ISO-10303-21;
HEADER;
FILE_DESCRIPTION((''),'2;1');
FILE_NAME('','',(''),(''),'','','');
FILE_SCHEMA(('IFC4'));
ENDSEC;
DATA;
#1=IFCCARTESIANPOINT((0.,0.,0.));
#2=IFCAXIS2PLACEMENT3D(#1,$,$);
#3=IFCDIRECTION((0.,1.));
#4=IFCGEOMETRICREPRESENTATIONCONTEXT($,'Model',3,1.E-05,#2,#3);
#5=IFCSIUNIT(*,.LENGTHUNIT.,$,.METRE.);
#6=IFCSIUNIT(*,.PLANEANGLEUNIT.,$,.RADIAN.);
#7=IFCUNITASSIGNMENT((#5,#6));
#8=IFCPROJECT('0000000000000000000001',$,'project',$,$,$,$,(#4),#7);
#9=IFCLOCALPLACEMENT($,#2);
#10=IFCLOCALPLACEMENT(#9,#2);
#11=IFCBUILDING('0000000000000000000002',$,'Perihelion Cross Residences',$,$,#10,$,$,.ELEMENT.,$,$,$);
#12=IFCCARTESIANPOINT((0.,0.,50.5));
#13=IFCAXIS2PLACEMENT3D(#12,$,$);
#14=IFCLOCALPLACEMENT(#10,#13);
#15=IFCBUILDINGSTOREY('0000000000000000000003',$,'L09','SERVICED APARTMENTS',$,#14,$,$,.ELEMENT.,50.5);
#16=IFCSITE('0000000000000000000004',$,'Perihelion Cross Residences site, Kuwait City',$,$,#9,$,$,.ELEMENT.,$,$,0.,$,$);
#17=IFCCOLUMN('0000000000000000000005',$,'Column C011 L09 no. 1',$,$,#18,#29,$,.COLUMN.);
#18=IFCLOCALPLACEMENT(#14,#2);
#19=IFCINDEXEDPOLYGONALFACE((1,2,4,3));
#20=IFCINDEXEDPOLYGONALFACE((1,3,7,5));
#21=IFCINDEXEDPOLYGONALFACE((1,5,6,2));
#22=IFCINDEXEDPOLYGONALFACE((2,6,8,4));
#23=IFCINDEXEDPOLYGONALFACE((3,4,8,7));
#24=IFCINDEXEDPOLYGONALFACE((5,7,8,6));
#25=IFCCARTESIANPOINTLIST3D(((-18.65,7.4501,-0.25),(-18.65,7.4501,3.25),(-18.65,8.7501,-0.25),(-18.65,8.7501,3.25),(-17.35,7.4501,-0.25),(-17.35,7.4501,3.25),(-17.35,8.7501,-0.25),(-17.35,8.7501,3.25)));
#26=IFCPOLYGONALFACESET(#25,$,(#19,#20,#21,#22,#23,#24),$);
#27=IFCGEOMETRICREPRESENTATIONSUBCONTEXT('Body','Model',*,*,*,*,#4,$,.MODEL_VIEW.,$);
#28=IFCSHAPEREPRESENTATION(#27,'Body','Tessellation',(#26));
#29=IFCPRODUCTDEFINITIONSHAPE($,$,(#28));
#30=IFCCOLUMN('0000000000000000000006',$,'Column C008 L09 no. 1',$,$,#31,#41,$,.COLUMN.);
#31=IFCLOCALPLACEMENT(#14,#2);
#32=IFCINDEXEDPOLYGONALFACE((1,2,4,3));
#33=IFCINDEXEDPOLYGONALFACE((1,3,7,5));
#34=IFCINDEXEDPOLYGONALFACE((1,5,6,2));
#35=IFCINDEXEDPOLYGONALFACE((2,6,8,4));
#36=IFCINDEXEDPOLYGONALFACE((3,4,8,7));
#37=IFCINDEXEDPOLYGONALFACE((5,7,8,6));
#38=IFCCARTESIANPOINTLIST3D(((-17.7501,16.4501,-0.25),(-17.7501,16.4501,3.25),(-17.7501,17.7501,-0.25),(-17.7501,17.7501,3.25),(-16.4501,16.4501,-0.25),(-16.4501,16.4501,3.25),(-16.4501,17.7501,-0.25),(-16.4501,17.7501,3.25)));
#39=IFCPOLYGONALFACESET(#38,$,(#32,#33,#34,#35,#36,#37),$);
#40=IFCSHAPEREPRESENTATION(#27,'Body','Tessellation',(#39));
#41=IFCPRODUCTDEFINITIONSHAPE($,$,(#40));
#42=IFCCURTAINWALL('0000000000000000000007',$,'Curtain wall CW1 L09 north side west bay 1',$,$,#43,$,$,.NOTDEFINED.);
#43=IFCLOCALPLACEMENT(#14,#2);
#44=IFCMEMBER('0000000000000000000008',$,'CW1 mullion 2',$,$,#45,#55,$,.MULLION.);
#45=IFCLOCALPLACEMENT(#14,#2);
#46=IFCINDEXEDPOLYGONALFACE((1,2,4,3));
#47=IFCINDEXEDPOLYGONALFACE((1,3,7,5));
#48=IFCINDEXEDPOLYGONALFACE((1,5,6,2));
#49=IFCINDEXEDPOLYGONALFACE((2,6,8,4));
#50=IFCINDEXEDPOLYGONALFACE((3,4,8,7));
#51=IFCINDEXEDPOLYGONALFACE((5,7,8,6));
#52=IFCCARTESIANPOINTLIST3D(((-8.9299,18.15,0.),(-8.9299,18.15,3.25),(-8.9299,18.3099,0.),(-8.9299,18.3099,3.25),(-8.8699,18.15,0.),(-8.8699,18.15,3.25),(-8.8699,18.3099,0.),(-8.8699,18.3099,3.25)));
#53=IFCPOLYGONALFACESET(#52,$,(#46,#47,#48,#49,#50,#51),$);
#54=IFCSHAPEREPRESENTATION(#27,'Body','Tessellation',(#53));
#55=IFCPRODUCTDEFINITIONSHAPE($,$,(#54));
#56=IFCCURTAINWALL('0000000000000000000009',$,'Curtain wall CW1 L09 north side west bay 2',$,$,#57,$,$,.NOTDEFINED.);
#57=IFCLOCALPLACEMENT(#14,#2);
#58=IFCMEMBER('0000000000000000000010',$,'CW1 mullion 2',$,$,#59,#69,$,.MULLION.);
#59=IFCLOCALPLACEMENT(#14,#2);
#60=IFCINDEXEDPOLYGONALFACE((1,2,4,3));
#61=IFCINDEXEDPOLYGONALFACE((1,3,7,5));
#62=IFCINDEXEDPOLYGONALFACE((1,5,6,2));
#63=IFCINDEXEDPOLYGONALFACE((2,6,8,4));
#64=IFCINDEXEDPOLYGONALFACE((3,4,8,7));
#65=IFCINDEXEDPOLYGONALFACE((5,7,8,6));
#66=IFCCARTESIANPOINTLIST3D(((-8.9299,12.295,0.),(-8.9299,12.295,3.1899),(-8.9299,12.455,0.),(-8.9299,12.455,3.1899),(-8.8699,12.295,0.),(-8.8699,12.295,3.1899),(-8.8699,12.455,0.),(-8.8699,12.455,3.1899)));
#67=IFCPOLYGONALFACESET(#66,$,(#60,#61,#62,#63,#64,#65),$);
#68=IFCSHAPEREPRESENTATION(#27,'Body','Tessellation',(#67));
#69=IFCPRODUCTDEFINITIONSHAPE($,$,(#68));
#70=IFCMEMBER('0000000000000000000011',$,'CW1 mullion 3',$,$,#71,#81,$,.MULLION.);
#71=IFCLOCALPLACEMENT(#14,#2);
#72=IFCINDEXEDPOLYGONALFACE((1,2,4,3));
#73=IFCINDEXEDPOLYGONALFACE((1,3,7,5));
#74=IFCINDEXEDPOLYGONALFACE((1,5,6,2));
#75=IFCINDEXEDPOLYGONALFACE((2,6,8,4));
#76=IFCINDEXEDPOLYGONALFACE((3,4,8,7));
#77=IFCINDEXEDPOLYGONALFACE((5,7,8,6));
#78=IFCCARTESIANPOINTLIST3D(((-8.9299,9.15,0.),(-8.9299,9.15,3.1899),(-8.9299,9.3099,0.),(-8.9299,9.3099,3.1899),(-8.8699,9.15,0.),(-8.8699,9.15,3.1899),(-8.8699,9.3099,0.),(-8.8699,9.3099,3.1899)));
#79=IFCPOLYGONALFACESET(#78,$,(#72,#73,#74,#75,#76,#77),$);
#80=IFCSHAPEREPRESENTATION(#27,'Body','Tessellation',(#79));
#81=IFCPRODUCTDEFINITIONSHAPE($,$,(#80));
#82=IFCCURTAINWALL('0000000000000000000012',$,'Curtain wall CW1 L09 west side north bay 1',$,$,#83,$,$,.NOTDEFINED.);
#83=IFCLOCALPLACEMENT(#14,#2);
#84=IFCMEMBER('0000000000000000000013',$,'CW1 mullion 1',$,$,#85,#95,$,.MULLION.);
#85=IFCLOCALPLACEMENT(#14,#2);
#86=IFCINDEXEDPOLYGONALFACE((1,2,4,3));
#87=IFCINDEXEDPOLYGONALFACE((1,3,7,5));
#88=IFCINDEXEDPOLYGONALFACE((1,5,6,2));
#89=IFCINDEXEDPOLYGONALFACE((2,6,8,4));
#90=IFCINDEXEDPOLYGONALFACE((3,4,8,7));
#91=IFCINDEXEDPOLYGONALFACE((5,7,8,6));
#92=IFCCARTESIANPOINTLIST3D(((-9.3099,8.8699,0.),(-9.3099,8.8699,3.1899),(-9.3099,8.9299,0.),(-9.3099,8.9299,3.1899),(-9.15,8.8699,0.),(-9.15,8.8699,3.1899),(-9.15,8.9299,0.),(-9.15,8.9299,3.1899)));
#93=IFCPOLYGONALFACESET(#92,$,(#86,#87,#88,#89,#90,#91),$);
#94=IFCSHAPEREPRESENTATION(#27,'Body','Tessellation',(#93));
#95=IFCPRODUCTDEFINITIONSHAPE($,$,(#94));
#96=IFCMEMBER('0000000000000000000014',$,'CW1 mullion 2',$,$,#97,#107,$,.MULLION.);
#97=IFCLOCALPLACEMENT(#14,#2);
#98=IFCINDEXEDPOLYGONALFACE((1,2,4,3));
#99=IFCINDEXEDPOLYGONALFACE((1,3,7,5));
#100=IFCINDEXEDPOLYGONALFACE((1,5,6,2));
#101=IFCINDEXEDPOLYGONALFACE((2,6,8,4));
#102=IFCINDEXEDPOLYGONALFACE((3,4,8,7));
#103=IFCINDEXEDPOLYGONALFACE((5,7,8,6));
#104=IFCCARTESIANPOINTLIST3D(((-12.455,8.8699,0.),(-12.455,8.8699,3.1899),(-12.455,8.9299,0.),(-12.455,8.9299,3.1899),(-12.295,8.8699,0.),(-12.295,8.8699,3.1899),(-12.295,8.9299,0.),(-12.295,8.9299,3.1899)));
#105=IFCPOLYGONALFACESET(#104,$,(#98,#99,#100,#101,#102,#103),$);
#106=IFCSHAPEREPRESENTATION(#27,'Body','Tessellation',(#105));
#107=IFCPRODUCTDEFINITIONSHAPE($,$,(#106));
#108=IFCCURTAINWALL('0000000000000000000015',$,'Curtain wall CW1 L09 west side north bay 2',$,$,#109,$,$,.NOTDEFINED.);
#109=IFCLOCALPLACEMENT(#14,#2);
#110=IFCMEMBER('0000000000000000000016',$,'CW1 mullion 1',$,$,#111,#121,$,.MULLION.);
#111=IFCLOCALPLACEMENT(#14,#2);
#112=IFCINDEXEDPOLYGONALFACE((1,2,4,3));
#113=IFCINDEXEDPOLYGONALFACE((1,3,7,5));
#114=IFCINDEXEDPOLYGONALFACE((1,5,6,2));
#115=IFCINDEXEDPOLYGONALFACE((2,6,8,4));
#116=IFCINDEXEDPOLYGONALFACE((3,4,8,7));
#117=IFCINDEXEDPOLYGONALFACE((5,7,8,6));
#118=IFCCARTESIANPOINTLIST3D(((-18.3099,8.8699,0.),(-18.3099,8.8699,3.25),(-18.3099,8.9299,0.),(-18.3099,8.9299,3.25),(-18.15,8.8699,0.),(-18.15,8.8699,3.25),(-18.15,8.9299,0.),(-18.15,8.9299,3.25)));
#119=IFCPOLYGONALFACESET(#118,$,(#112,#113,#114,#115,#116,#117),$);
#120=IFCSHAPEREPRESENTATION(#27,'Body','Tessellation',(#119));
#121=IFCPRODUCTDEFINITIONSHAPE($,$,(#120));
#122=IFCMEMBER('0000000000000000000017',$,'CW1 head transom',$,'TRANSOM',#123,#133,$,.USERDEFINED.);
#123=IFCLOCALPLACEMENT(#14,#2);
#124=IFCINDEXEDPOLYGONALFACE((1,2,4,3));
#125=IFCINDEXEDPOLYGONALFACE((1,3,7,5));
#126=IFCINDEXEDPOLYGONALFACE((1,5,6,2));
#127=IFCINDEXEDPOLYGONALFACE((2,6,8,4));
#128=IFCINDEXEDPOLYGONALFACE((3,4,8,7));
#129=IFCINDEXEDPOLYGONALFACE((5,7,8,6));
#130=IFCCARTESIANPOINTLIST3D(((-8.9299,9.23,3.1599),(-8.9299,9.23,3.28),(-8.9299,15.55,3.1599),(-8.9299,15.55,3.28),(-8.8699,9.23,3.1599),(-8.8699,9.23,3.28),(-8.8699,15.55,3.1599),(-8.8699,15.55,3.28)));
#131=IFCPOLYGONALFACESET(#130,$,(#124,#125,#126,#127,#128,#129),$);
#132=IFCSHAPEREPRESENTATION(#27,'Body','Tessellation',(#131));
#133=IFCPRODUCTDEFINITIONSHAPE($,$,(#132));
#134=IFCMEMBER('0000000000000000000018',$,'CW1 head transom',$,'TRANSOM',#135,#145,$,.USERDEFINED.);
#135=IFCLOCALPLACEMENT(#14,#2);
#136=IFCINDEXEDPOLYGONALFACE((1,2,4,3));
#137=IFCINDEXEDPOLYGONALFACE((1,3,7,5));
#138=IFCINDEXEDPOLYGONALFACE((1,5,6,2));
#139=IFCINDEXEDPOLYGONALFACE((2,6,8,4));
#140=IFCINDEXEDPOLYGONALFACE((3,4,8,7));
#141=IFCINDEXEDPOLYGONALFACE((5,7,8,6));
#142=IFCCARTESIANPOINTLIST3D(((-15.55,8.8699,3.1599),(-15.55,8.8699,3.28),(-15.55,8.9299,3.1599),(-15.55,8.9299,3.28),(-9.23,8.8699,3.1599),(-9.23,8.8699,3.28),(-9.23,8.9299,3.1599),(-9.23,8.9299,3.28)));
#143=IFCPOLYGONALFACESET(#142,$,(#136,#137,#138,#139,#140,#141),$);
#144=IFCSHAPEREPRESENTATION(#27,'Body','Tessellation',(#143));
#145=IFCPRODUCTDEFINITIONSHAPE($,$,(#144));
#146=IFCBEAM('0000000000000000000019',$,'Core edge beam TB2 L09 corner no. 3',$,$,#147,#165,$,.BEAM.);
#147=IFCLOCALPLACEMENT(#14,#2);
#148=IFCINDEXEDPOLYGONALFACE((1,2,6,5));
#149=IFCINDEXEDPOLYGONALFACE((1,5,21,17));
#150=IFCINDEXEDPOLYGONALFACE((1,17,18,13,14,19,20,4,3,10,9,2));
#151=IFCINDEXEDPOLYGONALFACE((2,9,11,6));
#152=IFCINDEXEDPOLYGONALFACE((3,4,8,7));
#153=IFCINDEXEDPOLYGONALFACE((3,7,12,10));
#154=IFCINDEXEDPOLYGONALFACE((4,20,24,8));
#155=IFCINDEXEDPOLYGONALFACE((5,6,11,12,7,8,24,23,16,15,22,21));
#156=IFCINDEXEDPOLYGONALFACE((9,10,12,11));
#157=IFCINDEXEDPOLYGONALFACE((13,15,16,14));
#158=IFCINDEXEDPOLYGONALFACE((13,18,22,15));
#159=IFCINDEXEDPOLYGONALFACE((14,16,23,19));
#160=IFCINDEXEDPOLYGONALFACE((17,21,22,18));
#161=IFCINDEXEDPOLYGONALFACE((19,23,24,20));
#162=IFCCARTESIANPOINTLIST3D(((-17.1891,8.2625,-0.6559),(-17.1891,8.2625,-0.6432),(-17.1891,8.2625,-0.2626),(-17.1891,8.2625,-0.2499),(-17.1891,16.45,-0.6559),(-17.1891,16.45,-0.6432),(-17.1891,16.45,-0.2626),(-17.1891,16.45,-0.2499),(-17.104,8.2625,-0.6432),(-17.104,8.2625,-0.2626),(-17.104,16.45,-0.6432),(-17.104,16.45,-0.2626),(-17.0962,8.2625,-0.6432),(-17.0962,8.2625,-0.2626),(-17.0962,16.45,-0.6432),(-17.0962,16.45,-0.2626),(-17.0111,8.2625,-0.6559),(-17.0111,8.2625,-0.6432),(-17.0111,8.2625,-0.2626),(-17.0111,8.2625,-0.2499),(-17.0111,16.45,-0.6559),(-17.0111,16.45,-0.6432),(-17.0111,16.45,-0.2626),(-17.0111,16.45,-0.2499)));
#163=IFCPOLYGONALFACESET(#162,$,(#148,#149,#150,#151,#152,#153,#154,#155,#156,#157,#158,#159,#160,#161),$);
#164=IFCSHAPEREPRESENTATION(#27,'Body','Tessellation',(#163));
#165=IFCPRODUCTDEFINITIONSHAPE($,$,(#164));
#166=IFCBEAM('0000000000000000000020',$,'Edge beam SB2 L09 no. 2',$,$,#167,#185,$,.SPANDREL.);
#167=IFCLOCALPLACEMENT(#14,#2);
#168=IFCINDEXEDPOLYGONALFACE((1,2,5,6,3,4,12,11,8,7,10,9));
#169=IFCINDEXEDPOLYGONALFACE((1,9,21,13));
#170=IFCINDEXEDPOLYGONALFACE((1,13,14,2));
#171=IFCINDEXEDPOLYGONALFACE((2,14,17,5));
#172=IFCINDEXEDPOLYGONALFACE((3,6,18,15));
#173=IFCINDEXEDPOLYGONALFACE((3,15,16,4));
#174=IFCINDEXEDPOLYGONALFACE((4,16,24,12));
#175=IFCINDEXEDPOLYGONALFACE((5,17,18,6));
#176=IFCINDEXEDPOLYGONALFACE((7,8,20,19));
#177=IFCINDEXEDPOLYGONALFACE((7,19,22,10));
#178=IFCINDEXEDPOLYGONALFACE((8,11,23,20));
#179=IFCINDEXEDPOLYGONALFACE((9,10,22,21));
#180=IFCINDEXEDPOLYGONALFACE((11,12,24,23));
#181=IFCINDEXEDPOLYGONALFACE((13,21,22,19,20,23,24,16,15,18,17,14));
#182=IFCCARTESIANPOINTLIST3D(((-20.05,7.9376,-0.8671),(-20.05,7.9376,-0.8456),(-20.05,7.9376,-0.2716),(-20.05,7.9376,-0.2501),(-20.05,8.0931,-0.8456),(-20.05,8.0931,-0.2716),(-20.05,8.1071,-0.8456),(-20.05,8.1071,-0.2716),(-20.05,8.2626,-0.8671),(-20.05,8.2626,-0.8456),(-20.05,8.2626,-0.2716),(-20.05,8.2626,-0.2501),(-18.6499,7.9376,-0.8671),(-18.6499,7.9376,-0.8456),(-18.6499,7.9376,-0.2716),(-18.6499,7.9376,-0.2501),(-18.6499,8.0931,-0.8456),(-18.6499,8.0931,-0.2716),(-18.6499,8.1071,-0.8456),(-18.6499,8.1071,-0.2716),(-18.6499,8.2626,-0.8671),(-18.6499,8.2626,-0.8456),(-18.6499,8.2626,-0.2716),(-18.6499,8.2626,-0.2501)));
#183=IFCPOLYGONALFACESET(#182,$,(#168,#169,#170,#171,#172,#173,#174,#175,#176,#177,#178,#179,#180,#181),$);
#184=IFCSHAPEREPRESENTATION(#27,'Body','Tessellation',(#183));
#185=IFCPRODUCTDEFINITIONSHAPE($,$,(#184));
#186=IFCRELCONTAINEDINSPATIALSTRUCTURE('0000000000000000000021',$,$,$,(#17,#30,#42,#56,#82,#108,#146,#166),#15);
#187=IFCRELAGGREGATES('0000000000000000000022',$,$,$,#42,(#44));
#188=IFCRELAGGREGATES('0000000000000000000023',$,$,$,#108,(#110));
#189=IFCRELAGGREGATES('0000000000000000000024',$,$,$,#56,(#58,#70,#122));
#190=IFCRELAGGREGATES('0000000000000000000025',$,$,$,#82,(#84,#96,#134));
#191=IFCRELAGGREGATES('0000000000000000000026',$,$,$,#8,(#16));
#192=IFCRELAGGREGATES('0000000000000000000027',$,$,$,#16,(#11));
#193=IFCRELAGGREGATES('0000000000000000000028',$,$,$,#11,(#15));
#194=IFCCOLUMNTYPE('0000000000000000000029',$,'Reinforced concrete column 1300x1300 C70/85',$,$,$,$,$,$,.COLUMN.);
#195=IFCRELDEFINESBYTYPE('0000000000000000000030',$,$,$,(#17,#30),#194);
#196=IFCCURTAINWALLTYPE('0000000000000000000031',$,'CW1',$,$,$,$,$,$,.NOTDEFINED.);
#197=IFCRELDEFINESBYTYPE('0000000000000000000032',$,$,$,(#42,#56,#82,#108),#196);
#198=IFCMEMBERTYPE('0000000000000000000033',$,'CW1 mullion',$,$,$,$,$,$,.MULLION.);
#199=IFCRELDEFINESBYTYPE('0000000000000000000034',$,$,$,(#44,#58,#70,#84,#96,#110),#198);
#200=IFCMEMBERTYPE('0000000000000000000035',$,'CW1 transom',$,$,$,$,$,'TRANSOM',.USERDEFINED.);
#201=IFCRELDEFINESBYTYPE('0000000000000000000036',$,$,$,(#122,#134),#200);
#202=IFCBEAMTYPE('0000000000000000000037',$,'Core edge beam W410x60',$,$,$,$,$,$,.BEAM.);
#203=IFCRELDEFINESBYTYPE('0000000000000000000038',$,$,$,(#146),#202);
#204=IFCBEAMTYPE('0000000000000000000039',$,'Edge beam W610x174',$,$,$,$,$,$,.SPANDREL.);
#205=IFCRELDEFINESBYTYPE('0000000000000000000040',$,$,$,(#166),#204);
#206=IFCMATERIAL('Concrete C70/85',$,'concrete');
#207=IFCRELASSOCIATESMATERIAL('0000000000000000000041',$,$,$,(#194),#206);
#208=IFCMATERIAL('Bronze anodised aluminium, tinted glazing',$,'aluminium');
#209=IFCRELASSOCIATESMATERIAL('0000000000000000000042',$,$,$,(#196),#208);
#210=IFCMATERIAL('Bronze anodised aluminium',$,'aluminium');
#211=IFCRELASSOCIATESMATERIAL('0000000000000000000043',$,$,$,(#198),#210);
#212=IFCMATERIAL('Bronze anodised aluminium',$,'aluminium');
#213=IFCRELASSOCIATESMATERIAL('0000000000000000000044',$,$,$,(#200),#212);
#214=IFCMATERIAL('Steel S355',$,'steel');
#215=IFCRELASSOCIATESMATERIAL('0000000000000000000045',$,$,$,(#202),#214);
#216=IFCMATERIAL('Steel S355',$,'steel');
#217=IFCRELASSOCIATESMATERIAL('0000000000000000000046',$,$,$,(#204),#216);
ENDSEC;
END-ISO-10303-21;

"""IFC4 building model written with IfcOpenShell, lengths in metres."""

from ifc_helpers import new_model, si_unit, direction, frame, origin, origin_2d, place, context, subcontext, project, spatial, rectangle, i_section, extrude, material, material_profile, profile_set, type_object, element, aggregate, save


model = new_model("IFC4")

# Units and contexts
model_context = context("Model", 3, precision=1e-05, world=origin(), true_north=direction((0.0, 1.0)))
body_context = subcontext(model_context, "Body", "Model", "MODEL_VIEW")
ifc_project = project(units=[si_unit("LENGTHUNIT", "METRE"), si_unit("PLANEANGLEUNIT", "RADIAN")], contexts=[model_context])

# Site, building, storey
site_placement = place(None, origin())
site = spatial("IfcSite", under=ifc_project, at=site_placement, Name="Perihelion Cross Residences site, Kuwait City", CompositionType="ELEMENT", RefElevation=0.0)
building_placement = place(site_placement, origin())
building = spatial("IfcBuilding", under=site, at=building_placement, Name="Perihelion Cross Residences", CompositionType="ELEMENT")
storey_placement = place(building_placement, frame((0.0, 0.0, 50.5)))
storey = spatial("IfcBuildingStorey", under=building, at=storey_placement, Name="L09", Description="SERVICED APARTMENTS", CompositionType="ELEMENT", Elevation=50.5)

# Columns
ifc_material_1 = material(Name="Concrete C70/85", Category="concrete")
ifc_material_profile_1 = material_profile(ifc_material_1, rectangle(XDim=1.3, YDim=1.3, at=origin_2d()), Name="RC 1300x1300")
ifc_profile_set_1 = profile_set([ifc_material_profile_1], Name="Concrete C70/85")
column_type = type_object("IfcColumnType", Name="Reinforced concrete column 1300x1300 C70/85", PredefinedType="COLUMN", material=ifc_profile_set_1)
for number, where, z_axis, x_axis, name in (
    (1, (-18.0, 8.1001, -0.25), (0.0, 0.0, 1.0), (1.0, 0.0, 0.0), "Column C011 L09 no. 1"),
    (2, (-17.1001, 17.1001, -0.25), (0.0, 0.0, 1.0), (1.0, 0.0, 0.0), "Column C008 L09 no. 1"),
):
    element("IfcColumn", number, at=place(storey_placement, frame(where, z_axis=z_axis, x_axis=x_axis)), inside=storey, type_object=column_type, Name=name, PredefinedType="COLUMN", context=body_context, shape_type="SweptSolid", body=[
        extrude(rectangle(XDim=1.3, YDim=1.3, at=origin_2d()), origin(), (0.0, 0.0, 1.0), 3.5),
    ])

# Curtain wall, member
ifc_material_2 = material(Name="Bronze anodised aluminium, tinted glazing", Category="aluminium")
curtain_wall_type = type_object("IfcCurtainWallType", Name="CW1", PredefinedType="NOTDEFINED", material=ifc_material_2)
curtain_wall_1_placement = place(storey_placement, origin())
curtain_wall_1 = element("IfcCurtainWall", 3, at=curtain_wall_1_placement, inside=storey, type_object=curtain_wall_type, Name="Curtain wall CW1 L09 north side west bay 1", PredefinedType="NOTDEFINED")
ifc_material_3 = material(Name="Bronze anodised aluminium", Category="aluminium")
ifc_material_profile_2 = material_profile(ifc_material_3, rectangle(XDim=0.0601, YDim=0.1599, at=origin_2d()), Name="CW1 mullion")
ifc_profile_set_2 = profile_set([ifc_material_profile_2], Name="Bronze anodised aluminium")
member_type_1 = type_object("IfcMemberType", Name="CW1 mullion", PredefinedType="MULLION", material=ifc_profile_set_2)
member_1_placement = place(storey_placement, frame((-8.8999, 18.23, 0.0), z_axis=(0.0, 0.0, 1.0), x_axis=(1.0, 0.0, 0.0)))
member_1 = element("IfcMember", 4, at=member_1_placement, type_object=member_type_1, Name="CW1 mullion 2", PredefinedType="MULLION", context=body_context, shape_type="SweptSolid", body=[
    extrude(rectangle(XDim=0.0601, YDim=0.1599, at=origin_2d()), origin(), (0.0, 0.0, 1.0), 3.25),
])
aggregate(curtain_wall_1, [member_1])

# Curtain walls, members
curtain_wall_2_placement = place(storey_placement, origin())
curtain_wall_2 = element("IfcCurtainWall", 5, at=curtain_wall_2_placement, inside=storey, type_object=curtain_wall_type, Name="Curtain wall CW1 L09 north side west bay 2", PredefinedType="NOTDEFINED")
member_2_placement = place(storey_placement, frame((-8.8999, 12.375, 0.0), z_axis=(0.0, 0.0, 1.0), x_axis=(1.0, 0.0, 0.0)))
member_2 = element("IfcMember", 6, at=member_2_placement, type_object=member_type_1, Name="CW1 mullion 2", PredefinedType="MULLION", context=body_context, shape_type="SweptSolid", body=[
    extrude(rectangle(XDim=0.0601, YDim=0.1599, at=origin_2d()), origin(), (0.0, 0.0, 1.0), 3.1899),
])
member_3_placement = place(storey_placement, frame((-8.8999, 9.23, 0.0), z_axis=(0.0, 0.0, 1.0), x_axis=(1.0, 0.0, 0.0)))
member_3 = element("IfcMember", 7, at=member_3_placement, type_object=member_type_1, Name="CW1 mullion 3", PredefinedType="MULLION", context=body_context, shape_type="SweptSolid", body=[
    extrude(rectangle(XDim=0.0601, YDim=0.1599, at=origin_2d()), origin(), (0.0, 0.0, 1.0), 3.1899),
])
curtain_wall_3_placement = place(storey_placement, origin())
curtain_wall_3 = element("IfcCurtainWall", 8, at=curtain_wall_3_placement, inside=storey, type_object=curtain_wall_type, Name="Curtain wall CW1 L09 west side north bay 1", PredefinedType="NOTDEFINED")
member_4_placement = place(storey_placement, frame((-9.23, 8.8999, 0.0), z_axis=(0.0, 0.0, 1.0), x_axis=(0.0, -1.0, 0.0)))
member_4 = element("IfcMember", 9, at=member_4_placement, type_object=member_type_1, Name="CW1 mullion 1", PredefinedType="MULLION", context=body_context, shape_type="SweptSolid", body=[
    extrude(rectangle(XDim=0.0601, YDim=0.1599, at=origin_2d()), origin(), (0.0, 0.0, 1.0), 3.1899),
])
member_5_placement = place(storey_placement, frame((-12.375, 8.8999, 0.0), z_axis=(0.0, 0.0, 1.0), x_axis=(0.0, -1.0, 0.0)))
member_5 = element("IfcMember", 10, at=member_5_placement, type_object=member_type_1, Name="CW1 mullion 2", PredefinedType="MULLION", context=body_context, shape_type="SweptSolid", body=[
    extrude(rectangle(XDim=0.0601, YDim=0.1599, at=origin_2d()), origin(), (0.0, 0.0, 1.0), 3.1899),
])

# Curtain wall, member
curtain_wall_4_placement = place(storey_placement, origin())
curtain_wall_4 = element("IfcCurtainWall", 11, at=curtain_wall_4_placement, inside=storey, type_object=curtain_wall_type, Name="Curtain wall CW1 L09 west side north bay 2", PredefinedType="NOTDEFINED")
member_6_placement = place(storey_placement, frame((-18.23, 8.8999, 0.0), z_axis=(0.0, 0.0, 1.0), x_axis=(0.0, -1.0, 0.0)))
member_6 = element("IfcMember", 12, at=member_6_placement, type_object=member_type_1, Name="CW1 mullion 1", PredefinedType="MULLION", context=body_context, shape_type="SweptSolid", body=[
    extrude(rectangle(XDim=0.0601, YDim=0.1599, at=origin_2d()), origin(), (0.0, 0.0, 1.0), 3.25),
])
aggregate(curtain_wall_4, [member_6])

# Members
ifc_material_4 = material(Name="Bronze anodised aluminium", Category="aluminium")
ifc_material_profile_3 = material_profile(ifc_material_4, rectangle(XDim=0.0601, YDim=0.1201, at=origin_2d()), Name="CW1 transom")
ifc_profile_set_3 = profile_set([ifc_material_profile_3], Name="Bronze anodised aluminium")
member_type_2 = type_object("IfcMemberType", Name="CW1 transom", ElementType="TRANSOM", PredefinedType="USERDEFINED", material=ifc_profile_set_3)
member_7_placement = place(storey_placement, frame((-8.8999, 15.55, 3.22), z_axis=(0.0, -1.0, 0.0), x_axis=(1.0, 0.0, 0.0)))
member_7 = element("IfcMember", 13, at=member_7_placement, type_object=member_type_2, Name="CW1 head transom", ObjectType="TRANSOM", PredefinedType="USERDEFINED", context=body_context, shape_type="SweptSolid", body=[
    extrude(rectangle(XDim=0.0601, YDim=0.1201, at=origin_2d()), origin(), (0.0, 0.0, 1.0), 6.3201),
])
member_8_placement = place(storey_placement, frame((-9.23, 8.8999, 3.22), z_axis=(-1.0, 0.0, 0.0), x_axis=(0.0, -1.0, 0.0)))
member_8 = element("IfcMember", 14, at=member_8_placement, type_object=member_type_2, Name="CW1 head transom", ObjectType="TRANSOM", PredefinedType="USERDEFINED", context=body_context, shape_type="SweptSolid", body=[
    extrude(rectangle(XDim=0.0601, YDim=0.1201, at=origin_2d()), origin(), (0.0, 0.0, 1.0), 6.3201),
])

# Beams
ifc_material_5 = material(Name="Steel S355", Category="steel")
ifc_material_profile_4 = material_profile(ifc_material_5, i_section(OverallWidth=0.178, OverallDepth=0.406, WebThickness=0.0078, FlangeThickness=0.0127, at=origin_2d()), Name="W410x60")
ifc_profile_set_4 = profile_set([ifc_material_profile_4], Name="Steel S355")
beam_type_1 = type_object("IfcBeamType", Name="Core edge beam W410x60", PredefinedType="BEAM", material=ifc_profile_set_4)
beam_1_placement = place(storey_placement, frame((-17.1001, 8.2625, -0.4529), z_axis=(0.0, 1.0, 0.0), x_axis=(-1.0, 0.0, 0.0)))
element("IfcBeam", 15, at=beam_1_placement, inside=storey, type_object=beam_type_1, Name="Core edge beam TB2 L09 corner no. 3", PredefinedType="BEAM", context=body_context, shape_type="SweptSolid", body=[
    extrude(i_section(OverallWidth=0.178, OverallDepth=0.406, WebThickness=0.0078, FlangeThickness=0.0127, at=origin_2d()), origin(), (0.0, 0.0, 1.0), 8.1875),
])
ifc_material_6 = material(Name="Steel S355", Category="steel")
ifc_material_profile_5 = material_profile(ifc_material_6, i_section(OverallWidth=0.325, OverallDepth=0.6169, WebThickness=0.0139, FlangeThickness=0.0215, at=origin_2d()), Name="W610x174")
ifc_profile_set_5 = profile_set([ifc_material_profile_5], Name="Steel S355")
beam_type_2 = type_object("IfcBeamType", Name="Edge beam W610x174", PredefinedType="SPANDREL", material=ifc_profile_set_5)
beam_2_placement = place(storey_placement, frame((-18.6499, 8.1001, -0.5586), z_axis=(-1.0, 0.0, 0.0), x_axis=(0.0, -1.0, 0.0)))
element("IfcBeam", 16, at=beam_2_placement, inside=storey, type_object=beam_type_2, Name="Edge beam SB2 L09 no. 2", PredefinedType="SPANDREL", context=body_context, shape_type="SweptSolid", body=[
    extrude(i_section(OverallWidth=0.325, OverallDepth=0.6169, WebThickness=0.0139, FlangeThickness=0.0215, at=origin_2d()), origin(), (0.0, 0.0, 1.0), 1.4001),
])

aggregate(curtain_wall_2, [member_2, member_3, member_7])
aggregate(curtain_wall_3, [member_4, member_5, member_8])

save(model, "model.ifc")
